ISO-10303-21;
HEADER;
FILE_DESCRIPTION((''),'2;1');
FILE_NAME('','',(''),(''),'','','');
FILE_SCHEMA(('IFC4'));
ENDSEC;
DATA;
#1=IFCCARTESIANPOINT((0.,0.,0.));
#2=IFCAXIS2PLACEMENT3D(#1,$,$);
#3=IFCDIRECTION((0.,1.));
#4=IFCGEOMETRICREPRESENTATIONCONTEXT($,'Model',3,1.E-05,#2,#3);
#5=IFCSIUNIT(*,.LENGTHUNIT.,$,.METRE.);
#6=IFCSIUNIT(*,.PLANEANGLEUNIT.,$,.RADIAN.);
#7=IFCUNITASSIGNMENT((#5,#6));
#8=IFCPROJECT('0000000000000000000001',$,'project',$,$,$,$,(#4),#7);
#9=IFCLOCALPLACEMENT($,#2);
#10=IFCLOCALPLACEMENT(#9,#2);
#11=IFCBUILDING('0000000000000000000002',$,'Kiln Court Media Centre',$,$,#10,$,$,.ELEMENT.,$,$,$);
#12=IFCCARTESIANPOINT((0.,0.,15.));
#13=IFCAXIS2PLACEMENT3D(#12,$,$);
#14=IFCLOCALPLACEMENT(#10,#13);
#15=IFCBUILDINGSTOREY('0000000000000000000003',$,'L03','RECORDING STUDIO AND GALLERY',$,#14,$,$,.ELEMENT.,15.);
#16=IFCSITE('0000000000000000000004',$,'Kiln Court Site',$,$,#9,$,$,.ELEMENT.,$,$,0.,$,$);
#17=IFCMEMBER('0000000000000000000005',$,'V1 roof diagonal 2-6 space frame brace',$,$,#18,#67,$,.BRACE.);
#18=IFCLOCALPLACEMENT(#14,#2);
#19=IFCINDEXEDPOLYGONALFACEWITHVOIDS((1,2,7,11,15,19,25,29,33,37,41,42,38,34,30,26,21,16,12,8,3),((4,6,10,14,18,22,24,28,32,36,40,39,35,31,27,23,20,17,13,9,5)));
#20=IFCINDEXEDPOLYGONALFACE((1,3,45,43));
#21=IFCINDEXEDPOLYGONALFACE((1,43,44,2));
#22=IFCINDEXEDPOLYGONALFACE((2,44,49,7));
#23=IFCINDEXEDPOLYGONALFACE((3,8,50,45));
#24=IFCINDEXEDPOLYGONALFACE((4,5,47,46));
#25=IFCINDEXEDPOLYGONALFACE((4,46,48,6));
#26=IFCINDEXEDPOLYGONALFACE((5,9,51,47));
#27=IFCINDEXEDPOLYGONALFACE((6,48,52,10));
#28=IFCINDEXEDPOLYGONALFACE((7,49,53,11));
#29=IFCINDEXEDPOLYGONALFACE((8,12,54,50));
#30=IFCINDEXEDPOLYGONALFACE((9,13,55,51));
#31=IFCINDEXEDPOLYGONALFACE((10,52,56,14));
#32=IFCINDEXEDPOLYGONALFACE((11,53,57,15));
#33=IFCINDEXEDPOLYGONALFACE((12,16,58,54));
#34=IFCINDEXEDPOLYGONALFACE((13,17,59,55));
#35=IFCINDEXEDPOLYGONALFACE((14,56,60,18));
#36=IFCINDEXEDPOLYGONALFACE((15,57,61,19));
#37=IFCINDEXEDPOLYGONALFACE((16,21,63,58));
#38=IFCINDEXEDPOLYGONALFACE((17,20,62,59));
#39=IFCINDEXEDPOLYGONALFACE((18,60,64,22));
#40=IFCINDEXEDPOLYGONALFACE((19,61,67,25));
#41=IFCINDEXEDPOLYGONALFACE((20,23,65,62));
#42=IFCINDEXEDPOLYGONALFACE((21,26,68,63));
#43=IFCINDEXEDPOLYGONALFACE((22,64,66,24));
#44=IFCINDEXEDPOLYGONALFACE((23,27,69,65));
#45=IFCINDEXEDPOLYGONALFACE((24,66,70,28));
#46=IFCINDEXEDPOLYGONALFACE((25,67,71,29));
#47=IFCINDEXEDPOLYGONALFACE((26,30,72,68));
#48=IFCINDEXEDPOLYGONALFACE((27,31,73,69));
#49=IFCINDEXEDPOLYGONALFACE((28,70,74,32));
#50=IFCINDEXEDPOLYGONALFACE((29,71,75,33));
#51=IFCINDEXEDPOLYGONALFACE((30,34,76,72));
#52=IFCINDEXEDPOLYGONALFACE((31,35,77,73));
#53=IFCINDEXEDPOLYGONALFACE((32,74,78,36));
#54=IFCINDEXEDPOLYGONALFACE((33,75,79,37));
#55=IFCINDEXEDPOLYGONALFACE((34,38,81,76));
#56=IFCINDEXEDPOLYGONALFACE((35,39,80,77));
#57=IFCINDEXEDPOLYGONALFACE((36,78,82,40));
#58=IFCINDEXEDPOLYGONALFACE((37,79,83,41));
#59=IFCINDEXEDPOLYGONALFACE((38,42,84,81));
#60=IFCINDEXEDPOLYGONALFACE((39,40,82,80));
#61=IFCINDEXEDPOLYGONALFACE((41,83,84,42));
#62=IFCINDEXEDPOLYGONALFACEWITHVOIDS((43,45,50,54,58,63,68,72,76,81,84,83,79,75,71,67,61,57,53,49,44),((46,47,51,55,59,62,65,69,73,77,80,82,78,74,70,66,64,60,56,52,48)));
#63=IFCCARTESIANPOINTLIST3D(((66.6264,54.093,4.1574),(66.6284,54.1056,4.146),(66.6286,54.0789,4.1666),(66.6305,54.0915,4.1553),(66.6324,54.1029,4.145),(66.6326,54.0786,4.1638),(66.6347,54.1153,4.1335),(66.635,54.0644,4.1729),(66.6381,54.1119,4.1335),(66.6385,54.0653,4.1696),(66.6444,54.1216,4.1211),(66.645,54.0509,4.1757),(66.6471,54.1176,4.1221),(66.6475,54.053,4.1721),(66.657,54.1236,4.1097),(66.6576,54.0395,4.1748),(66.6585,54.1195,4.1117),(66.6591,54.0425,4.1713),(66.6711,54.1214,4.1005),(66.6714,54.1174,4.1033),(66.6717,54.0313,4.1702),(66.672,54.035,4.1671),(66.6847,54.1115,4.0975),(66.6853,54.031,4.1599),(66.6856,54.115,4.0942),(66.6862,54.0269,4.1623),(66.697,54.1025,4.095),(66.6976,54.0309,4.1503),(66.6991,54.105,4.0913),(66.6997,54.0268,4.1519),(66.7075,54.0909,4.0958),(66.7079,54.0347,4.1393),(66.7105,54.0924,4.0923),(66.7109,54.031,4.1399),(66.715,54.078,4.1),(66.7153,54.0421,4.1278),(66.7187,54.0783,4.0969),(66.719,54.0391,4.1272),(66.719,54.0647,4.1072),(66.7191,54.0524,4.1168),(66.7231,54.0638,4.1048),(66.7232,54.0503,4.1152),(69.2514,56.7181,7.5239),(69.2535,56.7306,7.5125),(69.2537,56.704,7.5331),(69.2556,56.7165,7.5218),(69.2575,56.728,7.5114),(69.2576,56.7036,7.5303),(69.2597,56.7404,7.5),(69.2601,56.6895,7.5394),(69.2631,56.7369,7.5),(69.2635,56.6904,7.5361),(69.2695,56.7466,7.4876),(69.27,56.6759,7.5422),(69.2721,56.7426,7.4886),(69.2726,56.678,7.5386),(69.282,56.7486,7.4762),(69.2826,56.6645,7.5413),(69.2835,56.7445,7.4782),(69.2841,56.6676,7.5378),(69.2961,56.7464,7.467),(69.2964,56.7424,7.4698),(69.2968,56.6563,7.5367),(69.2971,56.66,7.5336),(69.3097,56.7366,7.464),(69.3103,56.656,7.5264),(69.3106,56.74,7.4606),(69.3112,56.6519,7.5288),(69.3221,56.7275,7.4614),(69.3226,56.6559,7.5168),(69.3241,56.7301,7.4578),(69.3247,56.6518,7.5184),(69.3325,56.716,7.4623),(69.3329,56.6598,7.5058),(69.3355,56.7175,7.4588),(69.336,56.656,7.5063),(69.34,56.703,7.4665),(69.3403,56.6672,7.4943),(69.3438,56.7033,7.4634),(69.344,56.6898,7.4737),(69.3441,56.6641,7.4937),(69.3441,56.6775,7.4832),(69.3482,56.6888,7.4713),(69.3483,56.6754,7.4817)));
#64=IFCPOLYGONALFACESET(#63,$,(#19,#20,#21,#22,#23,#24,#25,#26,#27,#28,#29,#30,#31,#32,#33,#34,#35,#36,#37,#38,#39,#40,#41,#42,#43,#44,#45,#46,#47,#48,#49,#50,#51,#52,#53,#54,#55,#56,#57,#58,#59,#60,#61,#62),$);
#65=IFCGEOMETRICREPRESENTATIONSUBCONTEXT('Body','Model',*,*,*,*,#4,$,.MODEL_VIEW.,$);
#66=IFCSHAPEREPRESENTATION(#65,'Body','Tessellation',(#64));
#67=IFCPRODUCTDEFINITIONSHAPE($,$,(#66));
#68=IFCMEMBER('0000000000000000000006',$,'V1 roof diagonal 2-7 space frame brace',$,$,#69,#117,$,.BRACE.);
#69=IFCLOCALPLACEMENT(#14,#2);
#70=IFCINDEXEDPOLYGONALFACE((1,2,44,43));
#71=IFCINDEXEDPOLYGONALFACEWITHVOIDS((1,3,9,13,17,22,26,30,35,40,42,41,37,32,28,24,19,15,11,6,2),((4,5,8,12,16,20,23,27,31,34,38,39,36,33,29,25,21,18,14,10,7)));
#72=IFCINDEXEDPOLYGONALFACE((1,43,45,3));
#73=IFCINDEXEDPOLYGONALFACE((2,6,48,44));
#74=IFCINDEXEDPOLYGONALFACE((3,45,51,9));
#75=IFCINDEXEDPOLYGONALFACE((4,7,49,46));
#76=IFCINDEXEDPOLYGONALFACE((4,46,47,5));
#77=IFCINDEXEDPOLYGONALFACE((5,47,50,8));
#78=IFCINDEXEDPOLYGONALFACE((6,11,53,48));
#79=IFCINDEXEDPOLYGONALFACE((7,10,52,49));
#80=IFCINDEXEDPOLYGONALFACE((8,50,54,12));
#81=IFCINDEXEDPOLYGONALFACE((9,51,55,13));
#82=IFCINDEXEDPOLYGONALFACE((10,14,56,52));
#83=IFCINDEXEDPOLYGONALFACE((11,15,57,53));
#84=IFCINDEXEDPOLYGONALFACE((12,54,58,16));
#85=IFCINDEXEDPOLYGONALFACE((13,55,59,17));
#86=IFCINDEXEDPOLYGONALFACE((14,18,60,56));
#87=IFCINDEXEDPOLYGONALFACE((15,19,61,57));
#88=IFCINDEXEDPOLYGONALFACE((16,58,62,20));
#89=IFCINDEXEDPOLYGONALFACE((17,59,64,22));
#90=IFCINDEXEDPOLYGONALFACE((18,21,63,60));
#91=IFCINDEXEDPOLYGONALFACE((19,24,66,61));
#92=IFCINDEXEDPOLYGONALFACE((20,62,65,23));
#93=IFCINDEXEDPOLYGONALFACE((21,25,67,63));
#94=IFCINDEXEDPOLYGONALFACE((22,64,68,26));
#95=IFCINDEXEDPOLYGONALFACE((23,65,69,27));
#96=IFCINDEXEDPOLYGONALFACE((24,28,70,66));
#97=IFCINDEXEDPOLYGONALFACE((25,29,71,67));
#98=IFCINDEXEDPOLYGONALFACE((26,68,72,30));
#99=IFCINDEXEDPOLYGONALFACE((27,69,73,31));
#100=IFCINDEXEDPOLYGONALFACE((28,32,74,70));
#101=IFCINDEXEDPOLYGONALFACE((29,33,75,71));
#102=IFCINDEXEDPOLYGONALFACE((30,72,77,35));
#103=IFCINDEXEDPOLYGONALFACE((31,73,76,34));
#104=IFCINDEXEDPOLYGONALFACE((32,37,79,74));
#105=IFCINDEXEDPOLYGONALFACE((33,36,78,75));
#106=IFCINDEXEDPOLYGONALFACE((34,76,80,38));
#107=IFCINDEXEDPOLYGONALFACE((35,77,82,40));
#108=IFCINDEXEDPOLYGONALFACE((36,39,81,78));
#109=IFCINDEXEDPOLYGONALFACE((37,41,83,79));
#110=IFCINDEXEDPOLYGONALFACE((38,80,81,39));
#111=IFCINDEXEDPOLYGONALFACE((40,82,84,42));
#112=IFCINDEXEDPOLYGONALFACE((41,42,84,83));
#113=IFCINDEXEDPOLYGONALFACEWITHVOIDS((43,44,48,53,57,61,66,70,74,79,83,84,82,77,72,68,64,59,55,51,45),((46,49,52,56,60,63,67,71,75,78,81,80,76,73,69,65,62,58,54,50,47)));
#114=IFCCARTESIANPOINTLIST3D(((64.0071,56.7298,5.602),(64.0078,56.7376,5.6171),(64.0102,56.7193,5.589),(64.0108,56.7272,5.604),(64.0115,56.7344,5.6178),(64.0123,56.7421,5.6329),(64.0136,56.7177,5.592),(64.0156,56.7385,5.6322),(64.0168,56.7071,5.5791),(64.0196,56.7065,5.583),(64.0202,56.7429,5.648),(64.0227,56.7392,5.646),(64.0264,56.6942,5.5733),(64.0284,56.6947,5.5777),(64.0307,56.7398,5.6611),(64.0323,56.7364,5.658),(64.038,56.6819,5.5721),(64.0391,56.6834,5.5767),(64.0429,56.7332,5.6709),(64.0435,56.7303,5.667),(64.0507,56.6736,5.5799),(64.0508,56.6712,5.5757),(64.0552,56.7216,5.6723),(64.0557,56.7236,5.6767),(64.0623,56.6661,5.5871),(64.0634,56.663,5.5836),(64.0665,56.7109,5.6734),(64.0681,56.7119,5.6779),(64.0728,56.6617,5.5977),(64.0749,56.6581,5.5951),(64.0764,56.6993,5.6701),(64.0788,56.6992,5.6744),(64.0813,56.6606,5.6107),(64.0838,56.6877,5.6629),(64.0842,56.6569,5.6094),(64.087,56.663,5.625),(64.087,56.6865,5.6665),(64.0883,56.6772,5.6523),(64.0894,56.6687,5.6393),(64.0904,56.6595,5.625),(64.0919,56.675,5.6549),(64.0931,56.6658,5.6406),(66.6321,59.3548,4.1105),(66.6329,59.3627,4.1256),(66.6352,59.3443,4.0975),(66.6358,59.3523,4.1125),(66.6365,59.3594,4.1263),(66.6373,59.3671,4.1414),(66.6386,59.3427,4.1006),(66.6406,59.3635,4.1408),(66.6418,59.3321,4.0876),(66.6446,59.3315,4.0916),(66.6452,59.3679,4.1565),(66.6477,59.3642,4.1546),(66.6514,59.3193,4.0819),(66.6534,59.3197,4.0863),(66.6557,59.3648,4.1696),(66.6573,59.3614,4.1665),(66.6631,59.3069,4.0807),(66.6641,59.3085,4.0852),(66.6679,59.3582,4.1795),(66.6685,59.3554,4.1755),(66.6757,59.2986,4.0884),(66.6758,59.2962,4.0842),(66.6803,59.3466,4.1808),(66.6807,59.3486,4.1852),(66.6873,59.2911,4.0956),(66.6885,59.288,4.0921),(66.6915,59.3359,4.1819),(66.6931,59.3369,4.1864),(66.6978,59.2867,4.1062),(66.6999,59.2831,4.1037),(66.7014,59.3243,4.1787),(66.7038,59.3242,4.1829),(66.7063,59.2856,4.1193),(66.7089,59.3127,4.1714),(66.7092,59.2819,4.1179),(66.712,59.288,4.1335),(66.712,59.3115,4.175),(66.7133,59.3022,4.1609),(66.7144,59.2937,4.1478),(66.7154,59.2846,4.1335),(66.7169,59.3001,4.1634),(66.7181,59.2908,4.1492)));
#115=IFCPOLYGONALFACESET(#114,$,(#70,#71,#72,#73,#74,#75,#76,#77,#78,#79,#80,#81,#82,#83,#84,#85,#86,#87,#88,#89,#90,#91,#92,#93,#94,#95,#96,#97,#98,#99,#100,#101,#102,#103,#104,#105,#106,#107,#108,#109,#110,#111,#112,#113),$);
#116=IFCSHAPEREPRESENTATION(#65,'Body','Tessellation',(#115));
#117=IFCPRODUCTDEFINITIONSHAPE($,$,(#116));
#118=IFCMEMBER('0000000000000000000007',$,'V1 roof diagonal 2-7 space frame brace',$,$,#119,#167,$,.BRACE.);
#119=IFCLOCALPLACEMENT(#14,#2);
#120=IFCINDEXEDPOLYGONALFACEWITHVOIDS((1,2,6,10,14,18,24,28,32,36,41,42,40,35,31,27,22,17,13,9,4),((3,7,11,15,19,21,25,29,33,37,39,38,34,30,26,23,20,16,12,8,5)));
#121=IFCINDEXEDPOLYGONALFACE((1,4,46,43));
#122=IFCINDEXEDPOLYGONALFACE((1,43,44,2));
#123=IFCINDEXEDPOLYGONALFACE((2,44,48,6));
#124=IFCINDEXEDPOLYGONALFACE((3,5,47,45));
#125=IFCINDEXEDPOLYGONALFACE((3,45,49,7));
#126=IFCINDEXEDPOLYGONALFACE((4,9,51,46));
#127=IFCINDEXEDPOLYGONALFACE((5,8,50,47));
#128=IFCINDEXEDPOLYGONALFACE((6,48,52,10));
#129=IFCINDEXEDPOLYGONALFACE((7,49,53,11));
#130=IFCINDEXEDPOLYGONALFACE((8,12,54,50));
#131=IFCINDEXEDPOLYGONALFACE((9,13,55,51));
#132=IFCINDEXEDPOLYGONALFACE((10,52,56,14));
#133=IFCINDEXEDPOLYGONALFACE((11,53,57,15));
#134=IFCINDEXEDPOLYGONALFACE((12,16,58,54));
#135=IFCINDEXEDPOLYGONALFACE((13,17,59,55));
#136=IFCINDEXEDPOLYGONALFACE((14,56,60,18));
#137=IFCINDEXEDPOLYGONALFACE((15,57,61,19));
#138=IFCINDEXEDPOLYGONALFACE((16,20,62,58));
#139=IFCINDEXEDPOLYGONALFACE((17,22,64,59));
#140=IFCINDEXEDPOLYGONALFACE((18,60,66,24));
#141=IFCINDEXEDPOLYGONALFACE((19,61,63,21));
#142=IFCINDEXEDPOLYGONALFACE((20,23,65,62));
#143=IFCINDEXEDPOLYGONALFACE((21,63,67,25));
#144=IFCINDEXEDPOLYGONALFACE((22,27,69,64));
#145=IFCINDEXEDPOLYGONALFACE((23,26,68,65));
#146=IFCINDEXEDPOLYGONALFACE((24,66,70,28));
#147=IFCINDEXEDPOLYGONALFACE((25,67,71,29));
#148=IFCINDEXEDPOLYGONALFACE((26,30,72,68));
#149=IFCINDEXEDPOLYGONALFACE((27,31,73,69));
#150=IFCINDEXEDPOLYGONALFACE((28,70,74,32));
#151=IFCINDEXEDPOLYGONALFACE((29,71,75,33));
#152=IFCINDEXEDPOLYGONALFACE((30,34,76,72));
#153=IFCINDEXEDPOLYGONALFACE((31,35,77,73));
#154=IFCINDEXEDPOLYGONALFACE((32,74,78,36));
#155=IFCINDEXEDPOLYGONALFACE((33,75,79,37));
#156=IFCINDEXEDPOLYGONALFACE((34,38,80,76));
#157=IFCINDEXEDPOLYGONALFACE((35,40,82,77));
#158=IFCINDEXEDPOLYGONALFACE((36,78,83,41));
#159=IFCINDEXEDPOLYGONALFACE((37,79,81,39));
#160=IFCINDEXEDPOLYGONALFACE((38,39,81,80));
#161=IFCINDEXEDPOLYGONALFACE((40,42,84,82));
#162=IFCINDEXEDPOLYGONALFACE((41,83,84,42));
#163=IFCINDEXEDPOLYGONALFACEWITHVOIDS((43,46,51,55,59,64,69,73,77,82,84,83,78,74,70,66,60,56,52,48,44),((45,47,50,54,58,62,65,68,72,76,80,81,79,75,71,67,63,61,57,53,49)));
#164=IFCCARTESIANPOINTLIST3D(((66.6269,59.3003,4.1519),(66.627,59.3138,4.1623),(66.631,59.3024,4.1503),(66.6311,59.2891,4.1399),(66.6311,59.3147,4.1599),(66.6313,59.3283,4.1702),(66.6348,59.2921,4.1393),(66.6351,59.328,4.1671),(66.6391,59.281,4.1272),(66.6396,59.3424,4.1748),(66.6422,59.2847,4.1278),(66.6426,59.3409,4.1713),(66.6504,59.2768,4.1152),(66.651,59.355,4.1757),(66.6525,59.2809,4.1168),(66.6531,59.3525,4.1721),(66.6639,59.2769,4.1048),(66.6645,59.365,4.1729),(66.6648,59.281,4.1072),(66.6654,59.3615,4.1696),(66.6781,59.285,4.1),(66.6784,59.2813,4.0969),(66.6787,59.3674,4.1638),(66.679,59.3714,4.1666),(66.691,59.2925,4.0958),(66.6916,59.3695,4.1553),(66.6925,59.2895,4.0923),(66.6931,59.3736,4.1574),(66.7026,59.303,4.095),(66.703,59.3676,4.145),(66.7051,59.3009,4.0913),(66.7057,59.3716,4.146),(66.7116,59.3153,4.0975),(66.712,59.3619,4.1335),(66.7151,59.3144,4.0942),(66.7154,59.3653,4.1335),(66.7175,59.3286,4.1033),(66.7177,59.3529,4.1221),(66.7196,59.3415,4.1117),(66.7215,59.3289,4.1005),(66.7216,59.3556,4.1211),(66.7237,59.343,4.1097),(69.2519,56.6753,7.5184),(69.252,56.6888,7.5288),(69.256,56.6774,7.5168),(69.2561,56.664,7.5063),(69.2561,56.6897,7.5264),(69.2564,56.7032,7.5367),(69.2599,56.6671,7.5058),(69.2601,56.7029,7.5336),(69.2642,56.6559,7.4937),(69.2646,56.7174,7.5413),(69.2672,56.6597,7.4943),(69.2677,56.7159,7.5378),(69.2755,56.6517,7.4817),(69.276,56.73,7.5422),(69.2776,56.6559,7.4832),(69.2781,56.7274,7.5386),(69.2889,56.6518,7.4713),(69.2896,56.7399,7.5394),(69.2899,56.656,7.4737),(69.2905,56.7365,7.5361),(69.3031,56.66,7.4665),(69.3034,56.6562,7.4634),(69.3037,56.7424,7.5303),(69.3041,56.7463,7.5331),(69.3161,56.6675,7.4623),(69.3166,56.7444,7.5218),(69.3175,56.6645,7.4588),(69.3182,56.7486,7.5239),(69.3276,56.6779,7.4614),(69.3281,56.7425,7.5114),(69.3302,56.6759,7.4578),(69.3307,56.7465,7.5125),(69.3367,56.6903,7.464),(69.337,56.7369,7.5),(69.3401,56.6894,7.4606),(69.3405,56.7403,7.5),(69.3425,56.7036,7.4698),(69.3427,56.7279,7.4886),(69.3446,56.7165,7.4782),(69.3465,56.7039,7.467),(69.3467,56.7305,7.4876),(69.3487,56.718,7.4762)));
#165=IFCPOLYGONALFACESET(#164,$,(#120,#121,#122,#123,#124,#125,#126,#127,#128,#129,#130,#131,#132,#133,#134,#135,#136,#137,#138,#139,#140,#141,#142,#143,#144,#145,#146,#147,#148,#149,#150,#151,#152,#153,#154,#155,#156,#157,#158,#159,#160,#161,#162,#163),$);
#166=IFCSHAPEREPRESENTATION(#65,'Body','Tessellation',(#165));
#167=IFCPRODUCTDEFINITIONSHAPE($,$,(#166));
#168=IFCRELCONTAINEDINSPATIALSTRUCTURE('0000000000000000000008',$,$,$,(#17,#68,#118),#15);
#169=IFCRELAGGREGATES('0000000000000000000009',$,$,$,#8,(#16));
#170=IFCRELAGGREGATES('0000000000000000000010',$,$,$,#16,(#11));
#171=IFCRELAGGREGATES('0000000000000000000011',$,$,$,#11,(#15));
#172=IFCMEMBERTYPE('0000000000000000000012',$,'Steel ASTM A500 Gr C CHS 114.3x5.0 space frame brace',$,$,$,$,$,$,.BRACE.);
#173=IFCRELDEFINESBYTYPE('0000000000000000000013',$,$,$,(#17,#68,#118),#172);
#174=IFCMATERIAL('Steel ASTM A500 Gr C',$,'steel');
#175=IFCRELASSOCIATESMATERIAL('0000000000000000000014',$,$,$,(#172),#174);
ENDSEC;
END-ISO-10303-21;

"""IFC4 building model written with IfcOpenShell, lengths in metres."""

from ifc_helpers import new_model, si_unit, direction, frame, origin, origin_2d, place, context, subcontext, project, spatial, hollow_circle, extrude, material, material_profile, profile_set, type_object, element, save


model = new_model("IFC4")

# Units and contexts
model_context = context("Model", 3, precision=1e-05, world=origin(), true_north=direction((0.0, 1.0)))
body_context = subcontext(model_context, "Body", "Model", "MODEL_VIEW")
ifc_project = project(units=[si_unit("LENGTHUNIT", "METRE"), si_unit("PLANEANGLEUNIT", "RADIAN")], contexts=[model_context])

# Site, building, storey
site_placement = place(None, origin())
site = spatial("IfcSite", under=ifc_project, at=site_placement, Name="Kiln Court Site", CompositionType="ELEMENT", RefElevation=0.0)
building_placement = place(site_placement, origin())
building = spatial("IfcBuilding", under=site, at=building_placement, Name="Kiln Court Media Centre", CompositionType="ELEMENT")
storey_placement = place(building_placement, frame((0.0, 0.0, 15.0)))
storey = spatial("IfcBuildingStorey", under=building, at=storey_placement, Name="L03", Description="RECORDING STUDIO AND GALLERY", CompositionType="ELEMENT", Elevation=15.0)

# Members
ifc_material_1 = material(Name="Steel ASTM A500 Gr C", Category="steel")
ifc_material_profile_1 = material_profile(ifc_material_1, hollow_circle(Radius=0.0571, WallThickness=0.0049, at=origin_2d()), Name="CHS 114.3x5.0")
ifc_profile_set_1 = profile_set([ifc_material_profile_1], Name="Steel ASTM A500 Gr C")
member_type_1 = type_object("IfcMemberType", Name="Steel ASTM A500 Gr C CHS 114.3x5.0 space frame brace", PredefinedType="BRACE", material=ifc_profile_set_1)
member_1_placement = place(storey_placement, frame((66.675, 54.075, 4.1335), z_axis=(0.523804, 0.523804, 0.671758), x_axis=(-0.707107, 0.707107, 0.0)))
element("IfcMember", 1, at=member_1_placement, inside=storey, type_object=member_type_1, Name="V1 roof diagonal 2-6 space frame brace", PredefinedType="BRACE", context=body_context, shape_type="SweptSolid", body=[
    extrude(hollow_circle(Radius=0.0571, WallThickness=0.0049, at=origin_2d()), origin(), (0.0, 0.0, 1.0), 5.0115),
])
member_2_placement = place(storey_placement, frame((66.675, 59.325, 4.1335), z_axis=(-0.656133, -0.656133, 0.372798), x_axis=(0.707107, -0.707107, 0.0)))
element("IfcMember", 2, at=member_2_placement, inside=storey, type_object=member_type_1, Name="V1 roof diagonal 2-7 space frame brace", PredefinedType="BRACE", context=body_context, shape_type="SweptSolid", body=[
    extrude(hollow_circle(Radius=0.0571, WallThickness=0.0049, at=origin_2d()), origin(), (0.0, 0.0, 1.0), 4.0007),
])
member_3_placement = place(storey_placement, frame((66.675, 59.325, 4.1335), z_axis=(0.523804, -0.523804, 0.671758), x_axis=(0.707107, 0.707107, 0.0)))
element("IfcMember", 3, at=member_3_placement, inside=storey, type_object=member_type_1, Name="V1 roof diagonal 2-7 space frame brace", PredefinedType="BRACE", context=body_context, shape_type="SweptSolid", body=[
    extrude(hollow_circle(Radius=0.0571, WallThickness=0.0049, at=origin_2d()), origin(), (0.0, 0.0, 1.0), 5.0115),
])

save(model, "model.ifc")
